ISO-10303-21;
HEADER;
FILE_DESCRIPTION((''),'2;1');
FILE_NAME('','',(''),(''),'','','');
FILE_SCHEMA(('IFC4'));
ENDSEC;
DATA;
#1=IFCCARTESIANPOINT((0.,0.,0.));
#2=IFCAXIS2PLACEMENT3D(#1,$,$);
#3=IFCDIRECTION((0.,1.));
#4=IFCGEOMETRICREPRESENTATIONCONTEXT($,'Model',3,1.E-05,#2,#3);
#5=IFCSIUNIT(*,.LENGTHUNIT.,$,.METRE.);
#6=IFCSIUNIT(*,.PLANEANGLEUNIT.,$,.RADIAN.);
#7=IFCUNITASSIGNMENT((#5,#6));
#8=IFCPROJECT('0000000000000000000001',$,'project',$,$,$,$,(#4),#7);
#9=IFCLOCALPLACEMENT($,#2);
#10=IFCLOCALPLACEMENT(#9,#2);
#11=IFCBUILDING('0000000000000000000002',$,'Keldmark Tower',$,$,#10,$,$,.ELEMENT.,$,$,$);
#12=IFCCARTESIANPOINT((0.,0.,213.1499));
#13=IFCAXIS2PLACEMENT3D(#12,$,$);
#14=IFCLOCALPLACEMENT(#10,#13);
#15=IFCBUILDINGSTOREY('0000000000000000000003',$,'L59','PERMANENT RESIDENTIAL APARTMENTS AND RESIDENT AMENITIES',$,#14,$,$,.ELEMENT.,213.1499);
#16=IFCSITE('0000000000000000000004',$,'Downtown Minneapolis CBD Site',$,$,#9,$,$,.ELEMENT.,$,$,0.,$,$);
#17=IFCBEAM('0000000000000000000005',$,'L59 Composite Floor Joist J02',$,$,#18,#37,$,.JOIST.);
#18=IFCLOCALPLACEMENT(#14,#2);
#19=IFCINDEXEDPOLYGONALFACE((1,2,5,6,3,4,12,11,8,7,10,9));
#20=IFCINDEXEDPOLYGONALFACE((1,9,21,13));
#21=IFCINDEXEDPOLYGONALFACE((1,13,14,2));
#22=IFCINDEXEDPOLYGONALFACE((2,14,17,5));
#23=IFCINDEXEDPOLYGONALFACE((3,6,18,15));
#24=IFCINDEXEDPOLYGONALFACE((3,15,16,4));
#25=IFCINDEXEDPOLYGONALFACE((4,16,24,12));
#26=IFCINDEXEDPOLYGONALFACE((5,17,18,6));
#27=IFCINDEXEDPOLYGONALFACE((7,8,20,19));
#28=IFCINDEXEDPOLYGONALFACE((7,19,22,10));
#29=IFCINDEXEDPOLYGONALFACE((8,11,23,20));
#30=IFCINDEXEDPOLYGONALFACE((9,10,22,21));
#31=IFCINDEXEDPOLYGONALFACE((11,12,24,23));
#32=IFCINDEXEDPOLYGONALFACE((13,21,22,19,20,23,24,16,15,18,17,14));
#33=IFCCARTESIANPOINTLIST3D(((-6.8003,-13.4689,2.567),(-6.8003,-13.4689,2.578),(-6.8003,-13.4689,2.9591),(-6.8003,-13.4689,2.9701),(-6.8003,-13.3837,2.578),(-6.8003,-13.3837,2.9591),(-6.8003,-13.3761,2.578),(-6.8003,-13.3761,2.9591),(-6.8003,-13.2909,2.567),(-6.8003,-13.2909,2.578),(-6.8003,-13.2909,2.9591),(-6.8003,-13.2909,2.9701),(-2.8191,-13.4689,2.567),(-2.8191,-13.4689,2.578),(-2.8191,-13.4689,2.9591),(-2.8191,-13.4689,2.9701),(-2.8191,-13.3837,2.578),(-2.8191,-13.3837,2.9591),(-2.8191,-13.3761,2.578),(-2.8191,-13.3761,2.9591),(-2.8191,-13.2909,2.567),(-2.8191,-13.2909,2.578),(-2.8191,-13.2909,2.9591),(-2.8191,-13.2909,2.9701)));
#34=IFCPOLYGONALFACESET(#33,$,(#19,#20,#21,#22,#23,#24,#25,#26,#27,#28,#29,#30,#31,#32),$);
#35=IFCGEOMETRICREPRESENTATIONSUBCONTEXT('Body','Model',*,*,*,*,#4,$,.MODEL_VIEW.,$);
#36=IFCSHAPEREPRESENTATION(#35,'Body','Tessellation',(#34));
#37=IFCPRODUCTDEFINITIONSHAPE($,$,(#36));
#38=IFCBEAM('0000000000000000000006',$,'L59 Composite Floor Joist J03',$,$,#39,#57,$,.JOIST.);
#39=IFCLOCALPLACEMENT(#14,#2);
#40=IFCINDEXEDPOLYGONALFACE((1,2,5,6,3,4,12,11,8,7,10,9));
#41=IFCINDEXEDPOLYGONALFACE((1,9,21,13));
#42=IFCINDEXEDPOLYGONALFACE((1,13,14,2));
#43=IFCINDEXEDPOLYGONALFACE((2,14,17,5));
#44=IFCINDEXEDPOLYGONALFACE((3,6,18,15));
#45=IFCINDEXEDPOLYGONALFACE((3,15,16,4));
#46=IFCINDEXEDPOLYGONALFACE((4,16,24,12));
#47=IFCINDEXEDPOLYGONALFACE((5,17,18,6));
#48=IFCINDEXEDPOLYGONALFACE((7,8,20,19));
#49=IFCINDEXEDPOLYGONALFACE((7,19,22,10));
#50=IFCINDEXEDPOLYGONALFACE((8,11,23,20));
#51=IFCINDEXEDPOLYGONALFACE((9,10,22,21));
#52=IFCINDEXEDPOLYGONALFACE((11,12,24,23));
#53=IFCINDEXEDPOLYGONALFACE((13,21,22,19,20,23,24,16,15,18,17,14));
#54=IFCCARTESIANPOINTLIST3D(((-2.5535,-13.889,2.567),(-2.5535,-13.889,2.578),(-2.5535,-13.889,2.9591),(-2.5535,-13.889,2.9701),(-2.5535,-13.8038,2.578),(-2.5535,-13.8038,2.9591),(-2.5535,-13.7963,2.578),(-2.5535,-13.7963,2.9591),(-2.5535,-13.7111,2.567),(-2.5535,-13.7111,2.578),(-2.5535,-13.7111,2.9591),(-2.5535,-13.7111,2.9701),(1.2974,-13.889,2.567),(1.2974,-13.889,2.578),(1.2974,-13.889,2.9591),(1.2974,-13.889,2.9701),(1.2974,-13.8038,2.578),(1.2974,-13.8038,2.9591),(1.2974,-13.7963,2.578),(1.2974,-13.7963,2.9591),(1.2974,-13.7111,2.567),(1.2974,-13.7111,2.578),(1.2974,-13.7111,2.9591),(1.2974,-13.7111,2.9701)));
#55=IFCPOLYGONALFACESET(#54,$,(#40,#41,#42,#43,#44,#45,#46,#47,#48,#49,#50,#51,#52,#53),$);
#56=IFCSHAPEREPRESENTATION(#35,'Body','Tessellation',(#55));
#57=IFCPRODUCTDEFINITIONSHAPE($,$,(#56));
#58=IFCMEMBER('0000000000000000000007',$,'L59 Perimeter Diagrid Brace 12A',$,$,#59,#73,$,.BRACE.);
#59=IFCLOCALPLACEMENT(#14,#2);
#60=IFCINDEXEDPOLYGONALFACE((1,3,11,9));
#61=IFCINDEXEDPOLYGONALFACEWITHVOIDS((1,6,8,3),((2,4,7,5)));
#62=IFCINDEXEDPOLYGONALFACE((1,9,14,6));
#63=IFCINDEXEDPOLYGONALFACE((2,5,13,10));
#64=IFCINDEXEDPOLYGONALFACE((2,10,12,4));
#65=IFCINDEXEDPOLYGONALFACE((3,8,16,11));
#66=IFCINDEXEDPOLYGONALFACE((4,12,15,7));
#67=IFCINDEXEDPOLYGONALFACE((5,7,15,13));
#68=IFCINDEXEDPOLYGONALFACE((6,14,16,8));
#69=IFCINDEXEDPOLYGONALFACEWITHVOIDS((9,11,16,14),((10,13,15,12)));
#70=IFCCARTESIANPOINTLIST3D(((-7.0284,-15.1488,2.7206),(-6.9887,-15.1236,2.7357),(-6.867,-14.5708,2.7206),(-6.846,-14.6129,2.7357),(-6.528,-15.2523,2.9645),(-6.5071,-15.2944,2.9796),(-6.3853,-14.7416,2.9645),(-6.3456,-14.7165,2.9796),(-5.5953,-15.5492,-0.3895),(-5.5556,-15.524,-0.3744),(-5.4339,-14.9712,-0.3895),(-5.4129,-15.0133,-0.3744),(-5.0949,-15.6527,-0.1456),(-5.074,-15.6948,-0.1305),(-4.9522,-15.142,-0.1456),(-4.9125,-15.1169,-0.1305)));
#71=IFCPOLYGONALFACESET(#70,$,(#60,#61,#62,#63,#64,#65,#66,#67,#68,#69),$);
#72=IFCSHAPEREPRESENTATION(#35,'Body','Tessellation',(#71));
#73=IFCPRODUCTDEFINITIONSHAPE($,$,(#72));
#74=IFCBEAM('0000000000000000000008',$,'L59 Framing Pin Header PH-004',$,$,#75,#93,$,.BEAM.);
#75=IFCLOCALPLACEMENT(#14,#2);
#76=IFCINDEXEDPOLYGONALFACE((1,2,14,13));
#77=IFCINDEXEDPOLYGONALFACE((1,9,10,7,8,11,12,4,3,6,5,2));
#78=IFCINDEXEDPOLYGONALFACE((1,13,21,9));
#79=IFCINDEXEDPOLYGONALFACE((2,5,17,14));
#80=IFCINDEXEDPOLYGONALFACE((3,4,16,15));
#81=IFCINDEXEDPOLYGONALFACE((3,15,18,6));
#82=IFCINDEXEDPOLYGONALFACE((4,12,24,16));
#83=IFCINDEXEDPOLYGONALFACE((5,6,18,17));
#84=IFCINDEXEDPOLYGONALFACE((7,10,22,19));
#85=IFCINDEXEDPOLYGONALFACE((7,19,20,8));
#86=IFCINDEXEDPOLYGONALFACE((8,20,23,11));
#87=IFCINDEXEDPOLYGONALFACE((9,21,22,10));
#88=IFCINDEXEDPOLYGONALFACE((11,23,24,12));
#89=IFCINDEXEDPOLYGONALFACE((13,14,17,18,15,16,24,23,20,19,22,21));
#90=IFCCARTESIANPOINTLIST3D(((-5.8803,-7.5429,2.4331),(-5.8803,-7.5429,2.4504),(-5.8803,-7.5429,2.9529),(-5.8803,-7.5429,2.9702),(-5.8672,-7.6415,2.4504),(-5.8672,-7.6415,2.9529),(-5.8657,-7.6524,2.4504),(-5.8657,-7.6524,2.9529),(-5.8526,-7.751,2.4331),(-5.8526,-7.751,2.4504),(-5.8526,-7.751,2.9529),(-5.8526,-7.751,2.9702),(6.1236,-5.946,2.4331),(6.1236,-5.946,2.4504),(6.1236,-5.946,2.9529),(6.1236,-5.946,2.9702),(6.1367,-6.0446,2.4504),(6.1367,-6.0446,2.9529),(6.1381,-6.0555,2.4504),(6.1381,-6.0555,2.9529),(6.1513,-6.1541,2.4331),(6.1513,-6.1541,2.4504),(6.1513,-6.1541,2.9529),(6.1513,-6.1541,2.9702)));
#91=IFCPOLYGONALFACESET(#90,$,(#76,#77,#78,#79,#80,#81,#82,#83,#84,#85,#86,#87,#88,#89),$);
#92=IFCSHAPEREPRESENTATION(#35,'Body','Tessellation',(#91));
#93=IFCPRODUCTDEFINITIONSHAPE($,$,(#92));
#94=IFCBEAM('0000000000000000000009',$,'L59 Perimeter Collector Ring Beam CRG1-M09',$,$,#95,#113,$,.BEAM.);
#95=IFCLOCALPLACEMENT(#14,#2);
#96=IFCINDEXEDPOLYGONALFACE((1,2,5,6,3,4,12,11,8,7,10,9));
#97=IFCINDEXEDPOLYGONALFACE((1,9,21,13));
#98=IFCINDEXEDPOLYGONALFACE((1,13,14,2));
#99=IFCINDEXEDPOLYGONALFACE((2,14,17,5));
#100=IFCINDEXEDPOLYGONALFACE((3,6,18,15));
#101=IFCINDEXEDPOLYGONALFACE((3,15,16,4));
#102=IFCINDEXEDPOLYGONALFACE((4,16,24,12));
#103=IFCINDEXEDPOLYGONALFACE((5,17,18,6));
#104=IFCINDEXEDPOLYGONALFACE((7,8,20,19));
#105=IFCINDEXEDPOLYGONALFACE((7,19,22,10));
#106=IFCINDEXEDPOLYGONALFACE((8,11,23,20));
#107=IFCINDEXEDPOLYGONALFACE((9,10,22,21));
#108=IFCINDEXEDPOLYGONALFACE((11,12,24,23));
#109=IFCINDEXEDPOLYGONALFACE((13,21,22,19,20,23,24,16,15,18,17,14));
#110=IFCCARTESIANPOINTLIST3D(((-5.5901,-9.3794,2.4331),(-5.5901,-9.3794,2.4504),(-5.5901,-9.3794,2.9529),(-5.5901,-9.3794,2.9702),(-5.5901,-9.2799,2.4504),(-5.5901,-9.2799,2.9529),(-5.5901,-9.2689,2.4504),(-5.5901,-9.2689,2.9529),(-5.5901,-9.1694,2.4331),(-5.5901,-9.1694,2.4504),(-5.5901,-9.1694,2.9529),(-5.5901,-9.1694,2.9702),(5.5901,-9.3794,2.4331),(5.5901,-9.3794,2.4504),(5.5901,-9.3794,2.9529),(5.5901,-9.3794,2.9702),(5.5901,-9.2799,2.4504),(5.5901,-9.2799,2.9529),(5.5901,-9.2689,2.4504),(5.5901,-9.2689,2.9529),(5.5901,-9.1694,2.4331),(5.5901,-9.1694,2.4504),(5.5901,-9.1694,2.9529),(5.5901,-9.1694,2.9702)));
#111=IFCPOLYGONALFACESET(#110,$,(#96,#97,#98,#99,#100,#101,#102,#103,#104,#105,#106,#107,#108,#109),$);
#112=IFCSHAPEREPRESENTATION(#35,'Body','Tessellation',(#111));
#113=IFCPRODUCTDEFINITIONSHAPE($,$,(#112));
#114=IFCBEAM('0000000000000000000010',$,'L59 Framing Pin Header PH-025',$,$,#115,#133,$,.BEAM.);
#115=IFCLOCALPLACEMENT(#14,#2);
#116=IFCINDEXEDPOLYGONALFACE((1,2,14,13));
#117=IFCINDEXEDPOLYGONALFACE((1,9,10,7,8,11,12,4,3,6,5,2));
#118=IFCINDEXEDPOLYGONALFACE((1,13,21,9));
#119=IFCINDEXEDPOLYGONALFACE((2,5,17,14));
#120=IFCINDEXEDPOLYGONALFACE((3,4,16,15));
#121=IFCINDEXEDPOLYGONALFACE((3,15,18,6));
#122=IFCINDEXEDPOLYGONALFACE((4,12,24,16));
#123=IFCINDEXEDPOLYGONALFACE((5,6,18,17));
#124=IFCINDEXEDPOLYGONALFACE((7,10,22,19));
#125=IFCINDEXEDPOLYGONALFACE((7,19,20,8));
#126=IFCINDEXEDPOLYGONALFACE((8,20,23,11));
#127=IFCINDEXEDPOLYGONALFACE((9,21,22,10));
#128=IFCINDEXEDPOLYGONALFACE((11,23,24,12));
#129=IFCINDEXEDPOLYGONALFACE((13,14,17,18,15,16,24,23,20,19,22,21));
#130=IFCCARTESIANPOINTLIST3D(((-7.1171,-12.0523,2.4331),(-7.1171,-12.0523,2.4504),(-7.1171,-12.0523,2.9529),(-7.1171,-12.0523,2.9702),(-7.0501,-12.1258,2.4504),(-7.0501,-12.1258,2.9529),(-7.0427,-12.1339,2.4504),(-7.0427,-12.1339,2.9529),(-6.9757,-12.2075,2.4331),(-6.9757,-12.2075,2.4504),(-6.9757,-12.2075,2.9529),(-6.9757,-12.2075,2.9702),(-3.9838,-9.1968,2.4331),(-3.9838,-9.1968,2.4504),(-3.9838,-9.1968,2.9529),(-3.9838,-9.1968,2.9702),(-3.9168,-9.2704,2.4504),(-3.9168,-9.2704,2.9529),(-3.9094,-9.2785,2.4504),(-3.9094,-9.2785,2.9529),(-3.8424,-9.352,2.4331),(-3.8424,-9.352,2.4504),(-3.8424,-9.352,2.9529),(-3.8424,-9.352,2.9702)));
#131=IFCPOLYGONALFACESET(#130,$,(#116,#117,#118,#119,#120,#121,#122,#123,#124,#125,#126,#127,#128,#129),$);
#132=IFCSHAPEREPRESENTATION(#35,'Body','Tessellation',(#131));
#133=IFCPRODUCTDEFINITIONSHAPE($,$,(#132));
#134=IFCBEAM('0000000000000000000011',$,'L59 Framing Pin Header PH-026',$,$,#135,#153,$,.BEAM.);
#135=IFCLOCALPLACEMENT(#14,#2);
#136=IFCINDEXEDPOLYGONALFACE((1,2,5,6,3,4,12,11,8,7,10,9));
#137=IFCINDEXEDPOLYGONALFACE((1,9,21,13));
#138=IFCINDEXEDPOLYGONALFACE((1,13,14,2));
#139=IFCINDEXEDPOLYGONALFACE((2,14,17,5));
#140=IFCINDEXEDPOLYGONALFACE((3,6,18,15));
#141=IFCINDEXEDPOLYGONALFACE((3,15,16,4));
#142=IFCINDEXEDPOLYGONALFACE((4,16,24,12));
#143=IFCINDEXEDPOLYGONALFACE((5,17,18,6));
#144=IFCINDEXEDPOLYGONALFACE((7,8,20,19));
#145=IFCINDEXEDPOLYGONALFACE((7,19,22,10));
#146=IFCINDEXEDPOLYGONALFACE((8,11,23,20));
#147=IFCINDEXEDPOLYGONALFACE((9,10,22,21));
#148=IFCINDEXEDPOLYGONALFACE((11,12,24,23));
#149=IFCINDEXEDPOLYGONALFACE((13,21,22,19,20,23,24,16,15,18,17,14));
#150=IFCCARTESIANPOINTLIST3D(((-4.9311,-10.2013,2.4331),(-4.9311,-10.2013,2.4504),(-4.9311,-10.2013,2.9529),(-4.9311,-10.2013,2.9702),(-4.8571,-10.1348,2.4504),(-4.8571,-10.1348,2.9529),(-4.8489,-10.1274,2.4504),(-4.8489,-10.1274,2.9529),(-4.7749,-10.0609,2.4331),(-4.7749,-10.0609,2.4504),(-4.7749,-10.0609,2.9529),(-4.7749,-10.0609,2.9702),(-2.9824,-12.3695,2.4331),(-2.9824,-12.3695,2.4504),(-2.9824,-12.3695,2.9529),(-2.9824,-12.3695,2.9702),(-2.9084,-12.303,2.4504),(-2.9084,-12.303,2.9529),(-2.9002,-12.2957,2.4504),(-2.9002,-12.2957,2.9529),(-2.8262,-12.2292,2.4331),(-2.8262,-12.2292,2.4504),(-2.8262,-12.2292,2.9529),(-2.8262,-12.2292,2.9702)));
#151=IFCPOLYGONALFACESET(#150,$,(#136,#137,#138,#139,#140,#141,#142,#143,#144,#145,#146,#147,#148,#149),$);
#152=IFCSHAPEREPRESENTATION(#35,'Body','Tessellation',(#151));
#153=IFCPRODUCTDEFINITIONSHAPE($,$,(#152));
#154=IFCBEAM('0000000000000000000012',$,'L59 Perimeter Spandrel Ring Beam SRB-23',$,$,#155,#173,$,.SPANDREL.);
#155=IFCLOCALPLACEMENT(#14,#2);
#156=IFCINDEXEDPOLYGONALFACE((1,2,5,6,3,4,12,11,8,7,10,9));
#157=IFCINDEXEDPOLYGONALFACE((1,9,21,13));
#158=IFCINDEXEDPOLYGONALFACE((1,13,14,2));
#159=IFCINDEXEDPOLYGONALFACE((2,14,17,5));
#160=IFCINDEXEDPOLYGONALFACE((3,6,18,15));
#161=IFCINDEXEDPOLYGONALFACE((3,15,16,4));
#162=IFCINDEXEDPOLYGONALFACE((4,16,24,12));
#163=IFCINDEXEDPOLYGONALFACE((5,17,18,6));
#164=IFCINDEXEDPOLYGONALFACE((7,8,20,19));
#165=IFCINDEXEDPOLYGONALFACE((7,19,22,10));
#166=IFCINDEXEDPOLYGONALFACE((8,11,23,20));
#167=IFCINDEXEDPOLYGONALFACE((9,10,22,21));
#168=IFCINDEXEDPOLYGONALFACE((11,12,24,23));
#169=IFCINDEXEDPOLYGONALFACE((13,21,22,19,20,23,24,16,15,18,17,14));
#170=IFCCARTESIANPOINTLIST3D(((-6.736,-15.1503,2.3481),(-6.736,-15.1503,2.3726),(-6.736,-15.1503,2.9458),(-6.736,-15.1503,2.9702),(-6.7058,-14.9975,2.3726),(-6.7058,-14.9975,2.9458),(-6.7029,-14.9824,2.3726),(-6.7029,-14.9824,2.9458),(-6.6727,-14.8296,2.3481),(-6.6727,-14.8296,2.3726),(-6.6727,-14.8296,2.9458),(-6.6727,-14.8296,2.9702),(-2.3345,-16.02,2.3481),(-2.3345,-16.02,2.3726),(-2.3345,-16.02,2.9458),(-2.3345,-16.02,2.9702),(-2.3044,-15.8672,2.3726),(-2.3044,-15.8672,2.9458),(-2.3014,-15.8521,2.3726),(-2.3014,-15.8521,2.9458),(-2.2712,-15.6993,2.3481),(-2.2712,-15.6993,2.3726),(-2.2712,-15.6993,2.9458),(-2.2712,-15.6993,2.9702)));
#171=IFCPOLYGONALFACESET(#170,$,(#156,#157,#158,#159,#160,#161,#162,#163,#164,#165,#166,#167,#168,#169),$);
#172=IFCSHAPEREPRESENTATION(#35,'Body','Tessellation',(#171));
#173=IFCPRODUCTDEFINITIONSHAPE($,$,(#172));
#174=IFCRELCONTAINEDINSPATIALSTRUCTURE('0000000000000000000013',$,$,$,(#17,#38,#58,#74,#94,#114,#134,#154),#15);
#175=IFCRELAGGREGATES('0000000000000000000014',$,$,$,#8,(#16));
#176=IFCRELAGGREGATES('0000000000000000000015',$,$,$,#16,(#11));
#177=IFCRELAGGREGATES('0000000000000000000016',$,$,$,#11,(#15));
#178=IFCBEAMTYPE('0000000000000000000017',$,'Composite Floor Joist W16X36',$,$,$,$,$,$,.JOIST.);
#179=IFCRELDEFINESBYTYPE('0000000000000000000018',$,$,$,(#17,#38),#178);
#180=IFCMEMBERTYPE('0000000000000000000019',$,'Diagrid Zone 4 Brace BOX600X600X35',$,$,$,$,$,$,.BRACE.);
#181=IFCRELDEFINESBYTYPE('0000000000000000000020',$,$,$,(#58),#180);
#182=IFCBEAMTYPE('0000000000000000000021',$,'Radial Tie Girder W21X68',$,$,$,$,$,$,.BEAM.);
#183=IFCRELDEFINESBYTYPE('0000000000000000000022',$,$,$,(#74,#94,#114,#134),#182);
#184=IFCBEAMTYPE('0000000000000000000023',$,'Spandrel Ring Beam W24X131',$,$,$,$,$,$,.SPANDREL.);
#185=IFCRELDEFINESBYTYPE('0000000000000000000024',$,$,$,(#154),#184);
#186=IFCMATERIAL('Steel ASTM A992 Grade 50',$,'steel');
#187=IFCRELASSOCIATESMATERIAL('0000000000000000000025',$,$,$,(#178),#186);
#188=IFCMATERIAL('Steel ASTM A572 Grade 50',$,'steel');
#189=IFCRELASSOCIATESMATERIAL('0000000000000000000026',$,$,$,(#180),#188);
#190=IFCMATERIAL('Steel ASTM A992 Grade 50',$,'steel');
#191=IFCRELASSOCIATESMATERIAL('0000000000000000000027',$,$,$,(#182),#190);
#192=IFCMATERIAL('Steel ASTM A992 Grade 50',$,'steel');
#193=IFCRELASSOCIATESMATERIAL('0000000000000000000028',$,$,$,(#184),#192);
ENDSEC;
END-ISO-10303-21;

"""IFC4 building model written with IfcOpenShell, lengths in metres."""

from ifc_helpers import new_model, si_unit, direction, frame, origin, origin_2d, place, context, subcontext, project, spatial, hollow_rectangle, i_section, extrude, material, material_profile, profile_set, type_object, element, save


model = new_model("IFC4")

# Units and contexts
model_context = context("Model", 3, precision=1e-05, world=origin(), true_north=direction((0.0, 1.0)))
body_context = subcontext(model_context, "Body", "Model", "MODEL_VIEW")
ifc_project = project(units=[si_unit("LENGTHUNIT", "METRE"), si_unit("PLANEANGLEUNIT", "RADIAN")], contexts=[model_context])

# Site, building, storey
site_placement = place(None, origin())
site = spatial("IfcSite", under=ifc_project, at=site_placement, Name="Downtown Minneapolis CBD Site", CompositionType="ELEMENT", RefElevation=0.0)
building_placement = place(site_placement, origin())
building = spatial("IfcBuilding", under=site, at=building_placement, Name="Keldmark Tower", CompositionType="ELEMENT")
storey_placement = place(building_placement, frame((0.0, 0.0, 213.1499)))
storey = spatial("IfcBuildingStorey", under=building, at=storey_placement, Name="L59", Description="PERMANENT RESIDENTIAL APARTMENTS AND RESIDENT AMENITIES", CompositionType="ELEMENT", Elevation=213.1499)

# Beams
ifc_material_1 = material(Name="Steel ASTM A992 Grade 50", Category="steel")
ifc_material_profile_1 = material_profile(ifc_material_1, i_section(OverallWidth=0.178, OverallDepth=0.4031, WebThickness=0.0076, FlangeThickness=0.011, at=origin_2d()), Name="W16X36")
ifc_profile_set_1 = profile_set([ifc_material_profile_1], Name="Steel ASTM A992 Grade 50")
beam_type_1 = type_object("IfcBeamType", Name="Composite Floor Joist W16X36", PredefinedType="JOIST", material=ifc_profile_set_1)
beam_1_placement = place(storey_placement, frame((-6.8003, -13.3799, 2.7686), z_axis=(1.0, 0.0, 0.0), x_axis=(0.0, 1.0, 0.0)))
element("IfcBeam", 1, at=beam_1_placement, inside=storey, type_object=beam_type_1, Name="L59 Composite Floor Joist J02", PredefinedType="JOIST", context=body_context, shape_type="SweptSolid", body=[
    extrude(i_section(OverallWidth=0.178, OverallDepth=0.4031, WebThickness=0.0076, FlangeThickness=0.011, at=origin_2d()), origin(), (0.0, 0.0, 1.0), 3.9812),
])
beam_2_placement = place(storey_placement, frame((-2.5535, -13.8, 2.7686), z_axis=(1.0, 0.0, 0.0), x_axis=(0.0, 1.0, 0.0)))
element("IfcBeam", 2, at=beam_2_placement, inside=storey, type_object=beam_type_1, Name="L59 Composite Floor Joist J03", PredefinedType="JOIST", context=body_context, shape_type="SweptSolid", body=[
    extrude(i_section(OverallWidth=0.178, OverallDepth=0.4031, WebThickness=0.0076, FlangeThickness=0.011, at=origin_2d()), origin(), (0.0, 0.0, 1.0), 3.8508),
])

# Member
ifc_material_2 = material(Name="Steel ASTM A572 Grade 50", Category="steel")
ifc_material_profile_2 = material_profile(ifc_material_2, hollow_rectangle(XDim=0.6001, YDim=0.6001, WallThickness=0.0349, at=origin_2d()), Name="BOX600X600X35")
ifc_profile_set_2 = profile_set([ifc_material_profile_2], Name="Steel ASTM A572 Grade 50")
member_type = type_object("IfcMemberType", Name="Diagrid Zone 4 Brace BOX600X600X35", PredefinedType="BRACE", material=ifc_profile_set_2)
member_placement = place(storey_placement, frame((-5.2539, -15.333, -0.26), z_axis=(-0.415666, 0.116132, 0.902073), x_axis=(-0.269082, -0.963117, 0.0)))
element("IfcMember", 3, at=member_placement, inside=storey, type_object=member_type, Name="L59 Perimeter Diagrid Brace 12A", PredefinedType="BRACE", context=body_context, shape_type="SweptSolid", body=[
    extrude(hollow_rectangle(XDim=0.6001, YDim=0.6001, WallThickness=0.0349, at=origin_2d()), origin(), (0.0, 0.0, 1.0), 3.4478),
])

# Beams
ifc_material_3 = material(Name="Steel ASTM A992 Grade 50", Category="steel")
ifc_material_profile_3 = material_profile(ifc_material_3, i_section(OverallWidth=0.21, OverallDepth=0.5371, WebThickness=0.011, FlangeThickness=0.0173, at=origin_2d()), Name="W21X68")
ifc_profile_set_3 = profile_set([ifc_material_profile_3], Name="Steel ASTM A992 Grade 50")
beam_type_2 = type_object("IfcBeamType", Name="Radial Tie Girder W21X68", PredefinedType="BEAM", material=ifc_profile_set_3)
beam_3_placement = place(storey_placement, frame((-5.8665, -7.647, 2.7017), z_axis=(0.991267, 0.131872, 0.0), x_axis=(-0.131872, 0.991267, 0.0)))
element("IfcBeam", 4, at=beam_3_placement, inside=storey, type_object=beam_type_2, Name="L59 Framing Pin Header PH-004", PredefinedType="BEAM", context=body_context, shape_type="SweptSolid", body=[
    extrude(i_section(OverallWidth=0.21, OverallDepth=0.5371, WebThickness=0.011, FlangeThickness=0.0173, at=origin_2d()), origin(), (0.0, 0.0, 1.0), 12.1096),
])
beam_4_placement = place(storey_placement, frame((-5.5901, -9.2744, 2.7017), z_axis=(1.0, 0.0, 0.0), x_axis=(0.0, 1.0, 0.0)))
element("IfcBeam", 5, at=beam_4_placement, inside=storey, type_object=beam_type_2, Name="L59 Perimeter Collector Ring Beam CRG1-M09", PredefinedType="BEAM", context=body_context, shape_type="SweptSolid", body=[
    extrude(i_section(OverallWidth=0.21, OverallDepth=0.5371, WebThickness=0.011, FlangeThickness=0.0173, at=origin_2d()), origin(), (0.0, 0.0, 1.0), 11.1802),
])
beam_5_placement = place(storey_placement, frame((-3.9131, -9.2744, 2.7017), z_axis=(-0.739116, -0.673578, 0.0), x_axis=(0.673578, -0.739116, 0.0)))
element("IfcBeam", 6, at=beam_5_placement, inside=storey, type_object=beam_type_2, Name="L59 Framing Pin Header PH-025", PredefinedType="BEAM", context=body_context, shape_type="SweptSolid", body=[
    extrude(i_section(OverallWidth=0.21, OverallDepth=0.5371, WebThickness=0.011, FlangeThickness=0.0173, at=origin_2d()), origin(), (0.0, 0.0, 1.0), 4.2393),
])
beam_6_placement = place(storey_placement, frame((-4.853, -10.1311, 2.7017), z_axis=(0.66846, -0.743748, 0.0), x_axis=(0.743748, 0.66846, 0.0)))
element("IfcBeam", 7, at=beam_6_placement, inside=storey, type_object=beam_type_2, Name="L59 Framing Pin Header PH-026", PredefinedType="BEAM", context=body_context, shape_type="SweptSolid", body=[
    extrude(i_section(OverallWidth=0.21, OverallDepth=0.5371, WebThickness=0.011, FlangeThickness=0.0173, at=origin_2d()), origin(), (0.0, 0.0, 1.0), 2.9153),
])
ifc_material_4 = material(Name="Steel ASTM A992 Grade 50", Category="steel")
ifc_material_profile_4 = material_profile(ifc_material_4, i_section(OverallWidth=0.3269, OverallDepth=0.6221, WebThickness=0.0154, FlangeThickness=0.0244, at=origin_2d()), Name="W24X131")
ifc_profile_set_4 = profile_set([ifc_material_profile_4], Name="Steel ASTM A992 Grade 50")
beam_type_3 = type_object("IfcBeamType", Name="Spandrel Ring Beam W24X131", PredefinedType="SPANDREL", material=ifc_profile_set_4)
beam_7_placement = place(storey_placement, frame((-6.7043, -14.99, 2.6592), z_axis=(0.981034, -0.193834, 0.0), x_axis=(0.193834, 0.981034, 0.0)))
element("IfcBeam", 8, at=beam_7_placement, inside=storey, type_object=beam_type_3, Name="L59 Perimeter Spandrel Ring Beam SRB-23", PredefinedType="SPANDREL", context=body_context, shape_type="SweptSolid", body=[
    extrude(i_section(OverallWidth=0.3269, OverallDepth=0.6221, WebThickness=0.0154, FlangeThickness=0.0244, at=origin_2d()), origin(), (0.0, 0.0, 1.0), 4.4866),
])

save(model, "model.ifc")
